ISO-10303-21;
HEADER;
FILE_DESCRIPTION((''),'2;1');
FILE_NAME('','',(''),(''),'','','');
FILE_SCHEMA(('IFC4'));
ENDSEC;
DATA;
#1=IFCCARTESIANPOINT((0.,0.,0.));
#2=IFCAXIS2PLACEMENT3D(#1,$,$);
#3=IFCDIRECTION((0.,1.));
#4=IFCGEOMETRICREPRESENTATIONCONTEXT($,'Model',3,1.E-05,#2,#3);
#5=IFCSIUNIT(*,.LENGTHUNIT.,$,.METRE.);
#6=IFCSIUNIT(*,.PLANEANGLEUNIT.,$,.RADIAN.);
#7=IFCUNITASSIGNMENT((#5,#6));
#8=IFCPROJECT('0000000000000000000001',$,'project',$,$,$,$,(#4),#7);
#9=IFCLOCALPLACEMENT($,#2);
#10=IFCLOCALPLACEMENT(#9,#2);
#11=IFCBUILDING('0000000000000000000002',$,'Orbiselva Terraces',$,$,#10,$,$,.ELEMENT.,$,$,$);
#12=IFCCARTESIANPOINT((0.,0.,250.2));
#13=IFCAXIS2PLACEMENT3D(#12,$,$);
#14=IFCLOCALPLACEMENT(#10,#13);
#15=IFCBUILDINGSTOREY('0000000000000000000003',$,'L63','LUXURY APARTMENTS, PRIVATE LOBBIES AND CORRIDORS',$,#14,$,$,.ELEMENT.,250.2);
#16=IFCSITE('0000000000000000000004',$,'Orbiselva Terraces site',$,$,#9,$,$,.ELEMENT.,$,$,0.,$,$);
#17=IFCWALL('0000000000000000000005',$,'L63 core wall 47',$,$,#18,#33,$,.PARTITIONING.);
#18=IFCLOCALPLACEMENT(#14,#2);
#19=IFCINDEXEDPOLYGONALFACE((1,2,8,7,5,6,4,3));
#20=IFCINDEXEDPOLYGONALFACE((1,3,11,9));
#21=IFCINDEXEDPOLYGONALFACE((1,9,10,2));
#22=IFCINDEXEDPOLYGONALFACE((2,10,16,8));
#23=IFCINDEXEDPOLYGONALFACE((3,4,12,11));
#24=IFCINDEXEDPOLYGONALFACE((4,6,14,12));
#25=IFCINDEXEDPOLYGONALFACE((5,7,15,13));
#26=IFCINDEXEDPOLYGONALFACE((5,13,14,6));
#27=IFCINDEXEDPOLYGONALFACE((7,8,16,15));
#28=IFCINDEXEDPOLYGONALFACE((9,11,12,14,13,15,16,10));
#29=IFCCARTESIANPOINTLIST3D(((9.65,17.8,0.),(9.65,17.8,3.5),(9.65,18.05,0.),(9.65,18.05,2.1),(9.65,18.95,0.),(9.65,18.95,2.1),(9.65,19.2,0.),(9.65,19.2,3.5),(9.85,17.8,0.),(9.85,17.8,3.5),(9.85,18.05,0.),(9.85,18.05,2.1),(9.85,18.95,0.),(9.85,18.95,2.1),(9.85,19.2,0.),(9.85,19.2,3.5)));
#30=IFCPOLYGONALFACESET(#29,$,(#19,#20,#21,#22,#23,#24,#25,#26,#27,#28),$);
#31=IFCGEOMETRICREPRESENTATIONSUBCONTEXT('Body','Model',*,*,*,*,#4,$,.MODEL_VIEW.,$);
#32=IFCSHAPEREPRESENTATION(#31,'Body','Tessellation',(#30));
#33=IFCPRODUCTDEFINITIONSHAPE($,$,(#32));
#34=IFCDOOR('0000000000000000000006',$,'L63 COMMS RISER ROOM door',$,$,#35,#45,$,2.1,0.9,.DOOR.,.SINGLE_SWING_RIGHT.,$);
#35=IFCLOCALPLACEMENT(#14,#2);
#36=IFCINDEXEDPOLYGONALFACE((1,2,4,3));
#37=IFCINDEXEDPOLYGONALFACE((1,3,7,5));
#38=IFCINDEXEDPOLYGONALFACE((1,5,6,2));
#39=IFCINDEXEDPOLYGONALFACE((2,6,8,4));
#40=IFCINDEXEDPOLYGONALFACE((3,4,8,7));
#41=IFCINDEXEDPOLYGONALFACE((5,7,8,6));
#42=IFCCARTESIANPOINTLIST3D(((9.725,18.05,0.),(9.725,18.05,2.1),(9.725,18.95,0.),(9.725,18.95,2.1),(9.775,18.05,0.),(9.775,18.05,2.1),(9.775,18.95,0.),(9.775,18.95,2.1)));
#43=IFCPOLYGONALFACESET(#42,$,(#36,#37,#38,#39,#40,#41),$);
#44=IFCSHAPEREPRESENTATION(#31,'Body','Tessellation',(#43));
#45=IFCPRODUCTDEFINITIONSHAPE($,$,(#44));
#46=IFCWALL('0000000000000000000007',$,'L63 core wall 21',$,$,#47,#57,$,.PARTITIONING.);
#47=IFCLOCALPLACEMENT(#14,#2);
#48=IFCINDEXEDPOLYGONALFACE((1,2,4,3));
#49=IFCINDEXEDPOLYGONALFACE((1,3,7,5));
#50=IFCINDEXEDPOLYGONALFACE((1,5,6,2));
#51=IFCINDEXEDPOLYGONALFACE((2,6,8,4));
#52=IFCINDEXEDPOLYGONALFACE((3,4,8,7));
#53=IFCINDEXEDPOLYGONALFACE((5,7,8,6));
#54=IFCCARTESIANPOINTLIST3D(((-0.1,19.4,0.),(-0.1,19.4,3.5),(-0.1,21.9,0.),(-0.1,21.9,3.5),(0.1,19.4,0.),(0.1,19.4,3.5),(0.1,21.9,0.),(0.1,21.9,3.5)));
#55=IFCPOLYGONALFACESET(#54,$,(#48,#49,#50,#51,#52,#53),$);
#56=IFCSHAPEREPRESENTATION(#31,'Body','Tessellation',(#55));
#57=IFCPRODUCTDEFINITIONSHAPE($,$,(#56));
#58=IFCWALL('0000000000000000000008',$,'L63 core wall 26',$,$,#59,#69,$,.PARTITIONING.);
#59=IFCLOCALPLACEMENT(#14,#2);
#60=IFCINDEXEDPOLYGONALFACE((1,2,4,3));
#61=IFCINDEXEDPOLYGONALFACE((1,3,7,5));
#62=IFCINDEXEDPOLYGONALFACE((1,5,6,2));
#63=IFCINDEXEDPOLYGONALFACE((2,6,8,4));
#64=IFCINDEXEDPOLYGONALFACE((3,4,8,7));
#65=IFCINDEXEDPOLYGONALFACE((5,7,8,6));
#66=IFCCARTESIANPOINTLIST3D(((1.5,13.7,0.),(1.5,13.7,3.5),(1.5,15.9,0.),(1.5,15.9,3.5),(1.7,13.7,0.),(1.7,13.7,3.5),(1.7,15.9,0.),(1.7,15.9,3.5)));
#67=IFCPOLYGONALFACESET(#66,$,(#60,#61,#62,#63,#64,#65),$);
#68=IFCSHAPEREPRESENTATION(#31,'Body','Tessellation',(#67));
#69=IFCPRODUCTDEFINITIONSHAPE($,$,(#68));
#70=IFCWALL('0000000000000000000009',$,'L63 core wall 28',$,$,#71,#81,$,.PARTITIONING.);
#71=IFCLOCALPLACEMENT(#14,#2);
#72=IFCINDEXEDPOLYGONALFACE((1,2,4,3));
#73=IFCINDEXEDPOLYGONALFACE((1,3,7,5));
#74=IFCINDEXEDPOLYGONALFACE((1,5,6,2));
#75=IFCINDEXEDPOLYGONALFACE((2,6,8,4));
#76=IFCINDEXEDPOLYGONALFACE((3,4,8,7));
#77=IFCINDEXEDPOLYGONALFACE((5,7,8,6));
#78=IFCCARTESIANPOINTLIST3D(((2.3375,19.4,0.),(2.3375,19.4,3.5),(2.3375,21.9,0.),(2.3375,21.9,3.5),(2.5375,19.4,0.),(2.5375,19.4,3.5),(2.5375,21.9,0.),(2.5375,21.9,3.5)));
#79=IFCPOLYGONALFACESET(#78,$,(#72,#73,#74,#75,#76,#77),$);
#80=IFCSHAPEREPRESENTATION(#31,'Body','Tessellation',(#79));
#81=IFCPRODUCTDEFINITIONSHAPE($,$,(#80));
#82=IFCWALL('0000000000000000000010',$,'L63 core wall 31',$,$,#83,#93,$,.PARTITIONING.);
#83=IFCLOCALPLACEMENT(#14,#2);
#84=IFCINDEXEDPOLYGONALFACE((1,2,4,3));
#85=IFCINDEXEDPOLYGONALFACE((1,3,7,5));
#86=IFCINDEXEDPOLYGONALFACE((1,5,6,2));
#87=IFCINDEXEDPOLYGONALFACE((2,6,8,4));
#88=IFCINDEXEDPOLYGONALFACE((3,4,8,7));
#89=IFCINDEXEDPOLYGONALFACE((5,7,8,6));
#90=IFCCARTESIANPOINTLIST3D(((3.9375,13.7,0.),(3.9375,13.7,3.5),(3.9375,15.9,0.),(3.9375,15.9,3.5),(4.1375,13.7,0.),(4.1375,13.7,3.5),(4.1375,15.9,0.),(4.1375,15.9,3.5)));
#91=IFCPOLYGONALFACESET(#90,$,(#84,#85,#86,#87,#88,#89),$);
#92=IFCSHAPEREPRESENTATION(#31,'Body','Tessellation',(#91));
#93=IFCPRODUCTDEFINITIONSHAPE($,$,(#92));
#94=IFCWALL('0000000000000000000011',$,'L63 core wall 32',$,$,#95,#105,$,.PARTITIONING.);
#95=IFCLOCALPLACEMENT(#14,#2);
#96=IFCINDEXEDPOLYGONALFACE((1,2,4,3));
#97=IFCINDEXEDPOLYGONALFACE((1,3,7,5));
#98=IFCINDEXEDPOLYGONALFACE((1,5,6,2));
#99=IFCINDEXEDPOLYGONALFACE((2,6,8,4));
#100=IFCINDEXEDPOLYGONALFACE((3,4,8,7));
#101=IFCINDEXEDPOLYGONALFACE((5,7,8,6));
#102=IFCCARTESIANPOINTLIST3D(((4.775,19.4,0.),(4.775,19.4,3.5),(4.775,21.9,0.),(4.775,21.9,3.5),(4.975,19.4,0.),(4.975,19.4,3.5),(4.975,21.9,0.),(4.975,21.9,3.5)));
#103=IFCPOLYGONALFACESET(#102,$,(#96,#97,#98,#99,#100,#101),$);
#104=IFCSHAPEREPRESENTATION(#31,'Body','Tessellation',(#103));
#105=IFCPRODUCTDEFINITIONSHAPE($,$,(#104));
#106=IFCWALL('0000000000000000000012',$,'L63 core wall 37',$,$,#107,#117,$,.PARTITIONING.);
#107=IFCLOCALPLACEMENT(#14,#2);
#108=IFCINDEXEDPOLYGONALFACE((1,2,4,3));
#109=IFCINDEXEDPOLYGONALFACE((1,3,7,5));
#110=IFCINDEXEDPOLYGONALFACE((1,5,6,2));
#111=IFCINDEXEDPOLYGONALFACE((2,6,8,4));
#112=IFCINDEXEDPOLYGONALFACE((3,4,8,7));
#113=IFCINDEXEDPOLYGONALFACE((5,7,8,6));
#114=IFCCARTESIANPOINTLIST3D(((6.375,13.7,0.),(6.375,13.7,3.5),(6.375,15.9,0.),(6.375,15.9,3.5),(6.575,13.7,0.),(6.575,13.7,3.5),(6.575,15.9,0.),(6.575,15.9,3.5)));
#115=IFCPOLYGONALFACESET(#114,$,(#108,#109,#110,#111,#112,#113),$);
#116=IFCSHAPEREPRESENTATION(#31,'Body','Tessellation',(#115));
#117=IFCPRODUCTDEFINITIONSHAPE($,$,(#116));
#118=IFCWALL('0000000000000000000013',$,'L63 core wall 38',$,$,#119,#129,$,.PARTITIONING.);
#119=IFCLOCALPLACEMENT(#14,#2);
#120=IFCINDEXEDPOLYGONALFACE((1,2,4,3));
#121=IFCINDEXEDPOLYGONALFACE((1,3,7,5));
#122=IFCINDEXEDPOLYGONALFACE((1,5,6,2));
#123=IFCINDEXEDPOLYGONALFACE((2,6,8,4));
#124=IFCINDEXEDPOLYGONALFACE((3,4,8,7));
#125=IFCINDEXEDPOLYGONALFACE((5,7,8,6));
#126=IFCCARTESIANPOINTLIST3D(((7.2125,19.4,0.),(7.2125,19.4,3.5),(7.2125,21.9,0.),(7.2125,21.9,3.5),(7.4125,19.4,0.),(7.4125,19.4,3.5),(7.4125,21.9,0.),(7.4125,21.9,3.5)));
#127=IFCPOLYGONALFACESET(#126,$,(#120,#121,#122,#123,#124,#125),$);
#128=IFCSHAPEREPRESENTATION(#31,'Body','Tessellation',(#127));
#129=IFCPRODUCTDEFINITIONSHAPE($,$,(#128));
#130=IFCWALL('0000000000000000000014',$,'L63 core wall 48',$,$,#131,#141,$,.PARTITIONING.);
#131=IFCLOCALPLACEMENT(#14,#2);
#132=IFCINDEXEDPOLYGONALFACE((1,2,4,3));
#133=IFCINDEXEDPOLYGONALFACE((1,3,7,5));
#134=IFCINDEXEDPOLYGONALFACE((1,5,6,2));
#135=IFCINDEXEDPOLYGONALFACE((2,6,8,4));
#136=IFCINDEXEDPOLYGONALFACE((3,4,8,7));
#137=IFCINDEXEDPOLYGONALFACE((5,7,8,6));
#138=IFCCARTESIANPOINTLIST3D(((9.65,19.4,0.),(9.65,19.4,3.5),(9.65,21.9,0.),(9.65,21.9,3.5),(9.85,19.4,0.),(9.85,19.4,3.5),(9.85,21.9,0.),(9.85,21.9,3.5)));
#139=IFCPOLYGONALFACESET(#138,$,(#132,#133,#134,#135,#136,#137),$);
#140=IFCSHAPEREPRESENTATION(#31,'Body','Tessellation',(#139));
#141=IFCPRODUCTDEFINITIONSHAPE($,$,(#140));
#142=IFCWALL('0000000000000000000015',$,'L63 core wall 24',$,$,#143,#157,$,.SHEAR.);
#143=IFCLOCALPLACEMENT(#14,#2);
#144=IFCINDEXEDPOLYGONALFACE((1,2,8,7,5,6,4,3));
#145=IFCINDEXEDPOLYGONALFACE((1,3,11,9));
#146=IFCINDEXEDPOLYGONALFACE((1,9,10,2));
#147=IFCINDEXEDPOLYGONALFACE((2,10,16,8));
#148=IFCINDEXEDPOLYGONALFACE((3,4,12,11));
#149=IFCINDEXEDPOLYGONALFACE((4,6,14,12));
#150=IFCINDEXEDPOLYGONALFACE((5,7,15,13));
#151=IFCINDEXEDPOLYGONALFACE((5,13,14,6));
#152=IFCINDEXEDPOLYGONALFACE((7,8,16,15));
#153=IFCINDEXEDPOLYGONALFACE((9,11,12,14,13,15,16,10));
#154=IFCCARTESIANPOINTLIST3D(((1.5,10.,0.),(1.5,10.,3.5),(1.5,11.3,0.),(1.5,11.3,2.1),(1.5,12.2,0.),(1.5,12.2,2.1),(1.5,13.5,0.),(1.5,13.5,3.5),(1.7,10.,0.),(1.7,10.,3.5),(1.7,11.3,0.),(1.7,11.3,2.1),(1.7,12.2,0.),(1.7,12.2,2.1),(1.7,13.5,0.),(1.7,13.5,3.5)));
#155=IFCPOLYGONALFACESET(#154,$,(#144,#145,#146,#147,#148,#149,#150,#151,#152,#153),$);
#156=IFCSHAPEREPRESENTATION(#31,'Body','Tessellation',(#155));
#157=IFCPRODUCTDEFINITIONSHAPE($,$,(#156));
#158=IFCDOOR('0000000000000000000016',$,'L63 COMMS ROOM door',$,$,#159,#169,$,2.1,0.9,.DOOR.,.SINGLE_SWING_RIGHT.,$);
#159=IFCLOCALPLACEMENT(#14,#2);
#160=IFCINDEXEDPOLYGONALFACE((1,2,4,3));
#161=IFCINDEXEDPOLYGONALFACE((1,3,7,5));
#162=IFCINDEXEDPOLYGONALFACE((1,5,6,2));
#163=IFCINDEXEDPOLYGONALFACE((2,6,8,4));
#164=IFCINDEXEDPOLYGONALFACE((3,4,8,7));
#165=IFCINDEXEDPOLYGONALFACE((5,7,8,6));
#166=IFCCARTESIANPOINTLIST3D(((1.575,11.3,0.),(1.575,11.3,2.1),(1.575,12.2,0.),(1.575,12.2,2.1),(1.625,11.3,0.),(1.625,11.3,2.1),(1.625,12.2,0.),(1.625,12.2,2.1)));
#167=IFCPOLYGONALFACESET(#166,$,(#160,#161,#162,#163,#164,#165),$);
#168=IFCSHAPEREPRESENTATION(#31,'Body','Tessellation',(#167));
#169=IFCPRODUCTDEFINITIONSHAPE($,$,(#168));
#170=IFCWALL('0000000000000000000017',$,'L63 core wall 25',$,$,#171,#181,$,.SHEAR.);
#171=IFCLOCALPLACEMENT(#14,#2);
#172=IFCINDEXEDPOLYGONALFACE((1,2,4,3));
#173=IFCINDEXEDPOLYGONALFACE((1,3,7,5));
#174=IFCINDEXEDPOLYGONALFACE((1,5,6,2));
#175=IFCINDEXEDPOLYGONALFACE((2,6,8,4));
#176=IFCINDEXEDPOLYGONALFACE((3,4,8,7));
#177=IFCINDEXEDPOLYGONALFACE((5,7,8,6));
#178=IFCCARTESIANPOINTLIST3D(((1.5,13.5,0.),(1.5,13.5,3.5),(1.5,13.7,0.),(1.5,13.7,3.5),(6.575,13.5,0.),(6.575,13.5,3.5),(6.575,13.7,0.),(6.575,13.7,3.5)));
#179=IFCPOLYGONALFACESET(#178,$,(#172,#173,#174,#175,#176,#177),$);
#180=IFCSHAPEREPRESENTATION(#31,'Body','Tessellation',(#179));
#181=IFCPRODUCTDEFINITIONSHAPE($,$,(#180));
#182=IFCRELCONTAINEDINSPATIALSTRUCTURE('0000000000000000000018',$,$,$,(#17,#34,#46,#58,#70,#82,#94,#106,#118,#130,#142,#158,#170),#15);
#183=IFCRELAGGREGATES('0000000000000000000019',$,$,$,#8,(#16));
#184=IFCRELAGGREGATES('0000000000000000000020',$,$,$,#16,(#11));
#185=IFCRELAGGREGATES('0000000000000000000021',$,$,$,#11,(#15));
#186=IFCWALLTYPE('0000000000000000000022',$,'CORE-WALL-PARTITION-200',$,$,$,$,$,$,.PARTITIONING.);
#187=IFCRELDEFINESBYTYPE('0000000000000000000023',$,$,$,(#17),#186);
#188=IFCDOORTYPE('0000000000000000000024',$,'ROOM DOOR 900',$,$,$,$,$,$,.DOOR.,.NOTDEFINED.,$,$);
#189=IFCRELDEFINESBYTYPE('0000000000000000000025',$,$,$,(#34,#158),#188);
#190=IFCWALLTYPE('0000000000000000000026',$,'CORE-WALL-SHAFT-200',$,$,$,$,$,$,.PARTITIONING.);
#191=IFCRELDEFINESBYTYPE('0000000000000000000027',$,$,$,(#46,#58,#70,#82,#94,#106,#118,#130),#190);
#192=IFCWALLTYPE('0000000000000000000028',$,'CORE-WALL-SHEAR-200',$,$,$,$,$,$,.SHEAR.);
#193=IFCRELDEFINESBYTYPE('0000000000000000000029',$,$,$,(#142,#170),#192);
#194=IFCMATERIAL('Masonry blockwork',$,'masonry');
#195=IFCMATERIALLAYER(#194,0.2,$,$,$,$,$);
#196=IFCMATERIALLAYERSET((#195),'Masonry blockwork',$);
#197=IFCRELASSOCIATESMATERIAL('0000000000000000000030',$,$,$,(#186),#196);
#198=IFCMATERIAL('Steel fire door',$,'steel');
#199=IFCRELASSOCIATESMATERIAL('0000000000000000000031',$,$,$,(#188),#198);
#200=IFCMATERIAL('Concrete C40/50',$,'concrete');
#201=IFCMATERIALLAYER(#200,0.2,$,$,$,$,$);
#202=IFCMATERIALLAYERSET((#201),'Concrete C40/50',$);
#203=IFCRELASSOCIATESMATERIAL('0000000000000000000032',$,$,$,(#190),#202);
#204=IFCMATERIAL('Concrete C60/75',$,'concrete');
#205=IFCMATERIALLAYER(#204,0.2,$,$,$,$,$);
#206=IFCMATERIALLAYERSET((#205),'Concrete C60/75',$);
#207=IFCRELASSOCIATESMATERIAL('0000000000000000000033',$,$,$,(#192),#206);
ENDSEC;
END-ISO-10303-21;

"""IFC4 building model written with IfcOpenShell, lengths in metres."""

from ifc_helpers import new_model, si_unit, direction, frame, frame_2d, origin, place, context, subcontext, project, spatial, rectangle, extrude, material, layer, layer_set, type_object, element, fill, save


model = new_model("IFC4")

# Units and contexts
model_context = context("Model", 3, precision=1e-05, world=origin(), true_north=direction((0.0, 1.0)))
body_context = subcontext(model_context, "Body", "Model", "MODEL_VIEW")
ifc_project = project(units=[si_unit("LENGTHUNIT", "METRE"), si_unit("PLANEANGLEUNIT", "RADIAN")], contexts=[model_context])

# Site, building, storey
site_placement = place(None, origin())
site = spatial("IfcSite", under=ifc_project, at=site_placement, Name="Orbiselva Terraces site", CompositionType="ELEMENT", RefElevation=0.0)
building_placement = place(site_placement, origin())
building = spatial("IfcBuilding", under=site, at=building_placement, Name="Orbiselva Terraces", CompositionType="ELEMENT")
storey_placement = place(building_placement, frame((0.0, 0.0, 250.2)))
storey = spatial("IfcBuildingStorey", under=building, at=storey_placement, Name="L63", Description="LUXURY APARTMENTS, PRIVATE LOBBIES AND CORRIDORS", CompositionType="ELEMENT", Elevation=250.2)

# Wall, opening, door
ifc_material_1 = material(Name="Masonry blockwork", Category="masonry")
ifc_layer_1 = layer(ifc_material_1, 0.2)
ifc_layer_set_1 = layer_set([ifc_layer_1], Name="Masonry blockwork")
wall_type_1 = type_object("IfcWallType", Name="CORE-WALL-PARTITION-200", PredefinedType="PARTITIONING", material=ifc_layer_set_1)
wall_1_placement = place(storey_placement, frame((9.75, 19.2, 0.0), z_axis=(0.0, 0.0, 1.0), x_axis=(0.0, -1.0, 0.0)))
wall_1 = element("IfcWall", 1, at=wall_1_placement, inside=storey, type_object=wall_type_1, Name="L63 core wall 47", PredefinedType="PARTITIONING", context=body_context, shape_type="SweptSolid", body=[
    extrude(rectangle(XDim=1.4, YDim=0.2, at=frame_2d((0.7, 0.0))), origin(), (0.0, 0.0, 1.0), 3.5),
])
opening_1_placement = place(wall_1_placement, frame((0.25, 0.0, 0.0)))
opening_1 = element("IfcOpeningElement", 2, at=opening_1_placement, cuts=wall_1, PredefinedType="OPENING", context=body_context, shape_type="SweptSolid", body=[
    extrude(rectangle(XDim=0.9, YDim=2.1, at=frame_2d((0.45, 1.05))), frame((0.0, 0.11, 0.0), z_axis=(0.0, -1.0, 0.0), x_axis=(1.0, 0.0, 0.0)), (0.0, 0.0, 1.0), 0.22),
])
ifc_material_2 = material(Name="Steel fire door", Category="steel")
door_type_1 = type_object("IfcDoorType", Name="ROOM DOOR 900", OperationType="NOTDEFINED", PredefinedType="DOOR", material=ifc_material_2)
door_1_placement = place(opening_1_placement, origin())
door_1 = element("IfcDoor", 3, at=door_1_placement, inside=storey, type_object=door_type_1, Name="L63 COMMS RISER ROOM door", OperationType="SINGLE_SWING_RIGHT", OverallHeight=2.1, OverallWidth=0.9, PredefinedType="DOOR", context=body_context, shape_type="SweptSolid", body=[
    extrude(rectangle(XDim=0.9, YDim=2.1, at=frame_2d((0.45, 1.05))), frame((0.0, 0.025, 0.0), z_axis=(0.0, -1.0, 0.0), x_axis=(1.0, 0.0, 0.0)), (0.0, 0.0, 1.0), 0.05),
])
fill(opening_1, door_1)

# Walls
ifc_material_3 = material(Name="Concrete C40/50", Category="concrete")
ifc_layer_2 = layer(ifc_material_3, 0.2)
ifc_layer_set_2 = layer_set([ifc_layer_2], Name="Concrete C40/50")
wall_type_2 = type_object("IfcWallType", Name="CORE-WALL-SHAFT-200", PredefinedType="PARTITIONING", material=ifc_layer_set_2)
wall_2_placement = place(storey_placement, frame((0.0, 19.4, 0.0), z_axis=(0.0, 0.0, 1.0), x_axis=(0.0, 1.0, 0.0)))
element("IfcWall", 4, at=wall_2_placement, inside=storey, type_object=wall_type_2, Name="L63 core wall 21", PredefinedType="PARTITIONING", context=body_context, shape_type="SweptSolid", body=[
    extrude(rectangle(XDim=2.5, YDim=0.2, at=frame_2d((1.25, 0.0))), origin(), (0.0, 0.0, 1.0), 3.5),
])
wall_3_placement = place(storey_placement, frame((1.6, 13.7, 0.0), z_axis=(0.0, 0.0, 1.0), x_axis=(0.0, 1.0, 0.0)))
element("IfcWall", 5, at=wall_3_placement, inside=storey, type_object=wall_type_2, Name="L63 core wall 26", PredefinedType="PARTITIONING", context=body_context, shape_type="SweptSolid", body=[
    extrude(rectangle(XDim=2.2, YDim=0.2, at=frame_2d((1.1, 0.0))), origin(), (0.0, 0.0, 1.0), 3.5),
])
wall_4_placement = place(storey_placement, frame((2.4375, 19.4, 0.0), z_axis=(0.0, 0.0, 1.0), x_axis=(0.0, 1.0, 0.0)))
element("IfcWall", 6, at=wall_4_placement, inside=storey, type_object=wall_type_2, Name="L63 core wall 28", PredefinedType="PARTITIONING", context=body_context, shape_type="SweptSolid", body=[
    extrude(rectangle(XDim=2.5, YDim=0.2, at=frame_2d((1.25, 0.0))), origin(), (0.0, 0.0, 1.0), 3.5),
])
wall_5_placement = place(storey_placement, frame((4.0375, 13.7, 0.0), z_axis=(0.0, 0.0, 1.0), x_axis=(0.0, 1.0, 0.0)))
element("IfcWall", 7, at=wall_5_placement, inside=storey, type_object=wall_type_2, Name="L63 core wall 31", PredefinedType="PARTITIONING", context=body_context, shape_type="SweptSolid", body=[
    extrude(rectangle(XDim=2.2, YDim=0.2, at=frame_2d((1.1, 0.0))), origin(), (0.0, 0.0, 1.0), 3.5),
])
wall_6_placement = place(storey_placement, frame((4.875, 19.4, 0.0), z_axis=(0.0, 0.0, 1.0), x_axis=(0.0, 1.0, 0.0)))
element("IfcWall", 8, at=wall_6_placement, inside=storey, type_object=wall_type_2, Name="L63 core wall 32", PredefinedType="PARTITIONING", context=body_context, shape_type="SweptSolid", body=[
    extrude(rectangle(XDim=2.5, YDim=0.2, at=frame_2d((1.25, 0.0))), origin(), (0.0, 0.0, 1.0), 3.5),
])
wall_7_placement = place(storey_placement, frame((6.475, 13.7, 0.0), z_axis=(0.0, 0.0, 1.0), x_axis=(0.0, 1.0, 0.0)))
element("IfcWall", 9, at=wall_7_placement, inside=storey, type_object=wall_type_2, Name="L63 core wall 37", PredefinedType="PARTITIONING", context=body_context, shape_type="SweptSolid", body=[
    extrude(rectangle(XDim=2.2, YDim=0.2, at=frame_2d((1.1, 0.0))), origin(), (0.0, 0.0, 1.0), 3.5),
])
for number, where, z_axis, x_axis, name in (
    (10, (7.3125, 19.4, 0.0), (0.0, 0.0, 1.0), (0.0, 1.0, 0.0), "L63 core wall 38"),
    (11, (9.75, 19.4, 0.0), (0.0, 0.0, 1.0), (0.0, 1.0, 0.0), "L63 core wall 48"),
):
    element("IfcWall", number, at=place(storey_placement, frame(where, z_axis=z_axis, x_axis=x_axis)), inside=storey, type_object=wall_type_2, Name=name, PredefinedType="PARTITIONING", context=body_context, shape_type="SweptSolid", body=[
        extrude(rectangle(XDim=2.5, YDim=0.2, at=frame_2d((1.25, 0.0))), origin(), (0.0, 0.0, 1.0), 3.5),
    ])

# Wall, opening, door
ifc_material_4 = material(Name="Concrete C60/75", Category="concrete")
ifc_layer_3 = layer(ifc_material_4, 0.2)
ifc_layer_set_3 = layer_set([ifc_layer_3], Name="Concrete C60/75")
wall_type_3 = type_object("IfcWallType", Name="CORE-WALL-SHEAR-200", PredefinedType="SHEAR", material=ifc_layer_set_3)
wall_8_placement = place(storey_placement, frame((1.6, 13.5, 0.0), z_axis=(0.0, 0.0, 1.0), x_axis=(0.0, -1.0, 0.0)))
wall_8 = element("IfcWall", 12, at=wall_8_placement, inside=storey, type_object=wall_type_3, Name="L63 core wall 24", PredefinedType="SHEAR", context=body_context, shape_type="SweptSolid", body=[
    extrude(rectangle(XDim=3.5, YDim=0.2, at=frame_2d((1.75, 0.0))), origin(), (0.0, 0.0, 1.0), 3.5),
])
opening_2_placement = place(wall_8_placement, frame((1.3, 0.0, 0.0)))
opening_2 = element("IfcOpeningElement", 13, at=opening_2_placement, cuts=wall_8, PredefinedType="OPENING", context=body_context, shape_type="SweptSolid", body=[
    extrude(rectangle(XDim=0.9, YDim=2.1, at=frame_2d((0.45, 1.05))), frame((0.0, 0.11, 0.0), z_axis=(0.0, -1.0, 0.0), x_axis=(1.0, 0.0, 0.0)), (0.0, 0.0, 1.0), 0.22),
])
door_2_placement = place(opening_2_placement, origin())
door_2 = element("IfcDoor", 14, at=door_2_placement, inside=storey, type_object=door_type_1, Name="L63 COMMS ROOM door", OperationType="SINGLE_SWING_RIGHT", OverallHeight=2.1, OverallWidth=0.9, PredefinedType="DOOR", context=body_context, shape_type="SweptSolid", body=[
    extrude(rectangle(XDim=0.9, YDim=2.1, at=frame_2d((0.45, 1.05))), frame((0.0, 0.025, 0.0), z_axis=(0.0, -1.0, 0.0), x_axis=(1.0, 0.0, 0.0)), (0.0, 0.0, 1.0), 0.05),
])
fill(opening_2, door_2)

# Wall
wall_9_placement = place(storey_placement, frame((1.5, 13.6, 0.0), z_axis=(0.0, 0.0, 1.0), x_axis=(1.0, 0.0, 0.0)))
element("IfcWall", 15, at=wall_9_placement, inside=storey, type_object=wall_type_3, Name="L63 core wall 25", PredefinedType="SHEAR", context=body_context, shape_type="SweptSolid", body=[
    extrude(rectangle(XDim=5.075, YDim=0.2, at=frame_2d((2.5375, 0.0))), origin(), (0.0, 0.0, 1.0), 3.5),
])

save(model, "model.ifc")
